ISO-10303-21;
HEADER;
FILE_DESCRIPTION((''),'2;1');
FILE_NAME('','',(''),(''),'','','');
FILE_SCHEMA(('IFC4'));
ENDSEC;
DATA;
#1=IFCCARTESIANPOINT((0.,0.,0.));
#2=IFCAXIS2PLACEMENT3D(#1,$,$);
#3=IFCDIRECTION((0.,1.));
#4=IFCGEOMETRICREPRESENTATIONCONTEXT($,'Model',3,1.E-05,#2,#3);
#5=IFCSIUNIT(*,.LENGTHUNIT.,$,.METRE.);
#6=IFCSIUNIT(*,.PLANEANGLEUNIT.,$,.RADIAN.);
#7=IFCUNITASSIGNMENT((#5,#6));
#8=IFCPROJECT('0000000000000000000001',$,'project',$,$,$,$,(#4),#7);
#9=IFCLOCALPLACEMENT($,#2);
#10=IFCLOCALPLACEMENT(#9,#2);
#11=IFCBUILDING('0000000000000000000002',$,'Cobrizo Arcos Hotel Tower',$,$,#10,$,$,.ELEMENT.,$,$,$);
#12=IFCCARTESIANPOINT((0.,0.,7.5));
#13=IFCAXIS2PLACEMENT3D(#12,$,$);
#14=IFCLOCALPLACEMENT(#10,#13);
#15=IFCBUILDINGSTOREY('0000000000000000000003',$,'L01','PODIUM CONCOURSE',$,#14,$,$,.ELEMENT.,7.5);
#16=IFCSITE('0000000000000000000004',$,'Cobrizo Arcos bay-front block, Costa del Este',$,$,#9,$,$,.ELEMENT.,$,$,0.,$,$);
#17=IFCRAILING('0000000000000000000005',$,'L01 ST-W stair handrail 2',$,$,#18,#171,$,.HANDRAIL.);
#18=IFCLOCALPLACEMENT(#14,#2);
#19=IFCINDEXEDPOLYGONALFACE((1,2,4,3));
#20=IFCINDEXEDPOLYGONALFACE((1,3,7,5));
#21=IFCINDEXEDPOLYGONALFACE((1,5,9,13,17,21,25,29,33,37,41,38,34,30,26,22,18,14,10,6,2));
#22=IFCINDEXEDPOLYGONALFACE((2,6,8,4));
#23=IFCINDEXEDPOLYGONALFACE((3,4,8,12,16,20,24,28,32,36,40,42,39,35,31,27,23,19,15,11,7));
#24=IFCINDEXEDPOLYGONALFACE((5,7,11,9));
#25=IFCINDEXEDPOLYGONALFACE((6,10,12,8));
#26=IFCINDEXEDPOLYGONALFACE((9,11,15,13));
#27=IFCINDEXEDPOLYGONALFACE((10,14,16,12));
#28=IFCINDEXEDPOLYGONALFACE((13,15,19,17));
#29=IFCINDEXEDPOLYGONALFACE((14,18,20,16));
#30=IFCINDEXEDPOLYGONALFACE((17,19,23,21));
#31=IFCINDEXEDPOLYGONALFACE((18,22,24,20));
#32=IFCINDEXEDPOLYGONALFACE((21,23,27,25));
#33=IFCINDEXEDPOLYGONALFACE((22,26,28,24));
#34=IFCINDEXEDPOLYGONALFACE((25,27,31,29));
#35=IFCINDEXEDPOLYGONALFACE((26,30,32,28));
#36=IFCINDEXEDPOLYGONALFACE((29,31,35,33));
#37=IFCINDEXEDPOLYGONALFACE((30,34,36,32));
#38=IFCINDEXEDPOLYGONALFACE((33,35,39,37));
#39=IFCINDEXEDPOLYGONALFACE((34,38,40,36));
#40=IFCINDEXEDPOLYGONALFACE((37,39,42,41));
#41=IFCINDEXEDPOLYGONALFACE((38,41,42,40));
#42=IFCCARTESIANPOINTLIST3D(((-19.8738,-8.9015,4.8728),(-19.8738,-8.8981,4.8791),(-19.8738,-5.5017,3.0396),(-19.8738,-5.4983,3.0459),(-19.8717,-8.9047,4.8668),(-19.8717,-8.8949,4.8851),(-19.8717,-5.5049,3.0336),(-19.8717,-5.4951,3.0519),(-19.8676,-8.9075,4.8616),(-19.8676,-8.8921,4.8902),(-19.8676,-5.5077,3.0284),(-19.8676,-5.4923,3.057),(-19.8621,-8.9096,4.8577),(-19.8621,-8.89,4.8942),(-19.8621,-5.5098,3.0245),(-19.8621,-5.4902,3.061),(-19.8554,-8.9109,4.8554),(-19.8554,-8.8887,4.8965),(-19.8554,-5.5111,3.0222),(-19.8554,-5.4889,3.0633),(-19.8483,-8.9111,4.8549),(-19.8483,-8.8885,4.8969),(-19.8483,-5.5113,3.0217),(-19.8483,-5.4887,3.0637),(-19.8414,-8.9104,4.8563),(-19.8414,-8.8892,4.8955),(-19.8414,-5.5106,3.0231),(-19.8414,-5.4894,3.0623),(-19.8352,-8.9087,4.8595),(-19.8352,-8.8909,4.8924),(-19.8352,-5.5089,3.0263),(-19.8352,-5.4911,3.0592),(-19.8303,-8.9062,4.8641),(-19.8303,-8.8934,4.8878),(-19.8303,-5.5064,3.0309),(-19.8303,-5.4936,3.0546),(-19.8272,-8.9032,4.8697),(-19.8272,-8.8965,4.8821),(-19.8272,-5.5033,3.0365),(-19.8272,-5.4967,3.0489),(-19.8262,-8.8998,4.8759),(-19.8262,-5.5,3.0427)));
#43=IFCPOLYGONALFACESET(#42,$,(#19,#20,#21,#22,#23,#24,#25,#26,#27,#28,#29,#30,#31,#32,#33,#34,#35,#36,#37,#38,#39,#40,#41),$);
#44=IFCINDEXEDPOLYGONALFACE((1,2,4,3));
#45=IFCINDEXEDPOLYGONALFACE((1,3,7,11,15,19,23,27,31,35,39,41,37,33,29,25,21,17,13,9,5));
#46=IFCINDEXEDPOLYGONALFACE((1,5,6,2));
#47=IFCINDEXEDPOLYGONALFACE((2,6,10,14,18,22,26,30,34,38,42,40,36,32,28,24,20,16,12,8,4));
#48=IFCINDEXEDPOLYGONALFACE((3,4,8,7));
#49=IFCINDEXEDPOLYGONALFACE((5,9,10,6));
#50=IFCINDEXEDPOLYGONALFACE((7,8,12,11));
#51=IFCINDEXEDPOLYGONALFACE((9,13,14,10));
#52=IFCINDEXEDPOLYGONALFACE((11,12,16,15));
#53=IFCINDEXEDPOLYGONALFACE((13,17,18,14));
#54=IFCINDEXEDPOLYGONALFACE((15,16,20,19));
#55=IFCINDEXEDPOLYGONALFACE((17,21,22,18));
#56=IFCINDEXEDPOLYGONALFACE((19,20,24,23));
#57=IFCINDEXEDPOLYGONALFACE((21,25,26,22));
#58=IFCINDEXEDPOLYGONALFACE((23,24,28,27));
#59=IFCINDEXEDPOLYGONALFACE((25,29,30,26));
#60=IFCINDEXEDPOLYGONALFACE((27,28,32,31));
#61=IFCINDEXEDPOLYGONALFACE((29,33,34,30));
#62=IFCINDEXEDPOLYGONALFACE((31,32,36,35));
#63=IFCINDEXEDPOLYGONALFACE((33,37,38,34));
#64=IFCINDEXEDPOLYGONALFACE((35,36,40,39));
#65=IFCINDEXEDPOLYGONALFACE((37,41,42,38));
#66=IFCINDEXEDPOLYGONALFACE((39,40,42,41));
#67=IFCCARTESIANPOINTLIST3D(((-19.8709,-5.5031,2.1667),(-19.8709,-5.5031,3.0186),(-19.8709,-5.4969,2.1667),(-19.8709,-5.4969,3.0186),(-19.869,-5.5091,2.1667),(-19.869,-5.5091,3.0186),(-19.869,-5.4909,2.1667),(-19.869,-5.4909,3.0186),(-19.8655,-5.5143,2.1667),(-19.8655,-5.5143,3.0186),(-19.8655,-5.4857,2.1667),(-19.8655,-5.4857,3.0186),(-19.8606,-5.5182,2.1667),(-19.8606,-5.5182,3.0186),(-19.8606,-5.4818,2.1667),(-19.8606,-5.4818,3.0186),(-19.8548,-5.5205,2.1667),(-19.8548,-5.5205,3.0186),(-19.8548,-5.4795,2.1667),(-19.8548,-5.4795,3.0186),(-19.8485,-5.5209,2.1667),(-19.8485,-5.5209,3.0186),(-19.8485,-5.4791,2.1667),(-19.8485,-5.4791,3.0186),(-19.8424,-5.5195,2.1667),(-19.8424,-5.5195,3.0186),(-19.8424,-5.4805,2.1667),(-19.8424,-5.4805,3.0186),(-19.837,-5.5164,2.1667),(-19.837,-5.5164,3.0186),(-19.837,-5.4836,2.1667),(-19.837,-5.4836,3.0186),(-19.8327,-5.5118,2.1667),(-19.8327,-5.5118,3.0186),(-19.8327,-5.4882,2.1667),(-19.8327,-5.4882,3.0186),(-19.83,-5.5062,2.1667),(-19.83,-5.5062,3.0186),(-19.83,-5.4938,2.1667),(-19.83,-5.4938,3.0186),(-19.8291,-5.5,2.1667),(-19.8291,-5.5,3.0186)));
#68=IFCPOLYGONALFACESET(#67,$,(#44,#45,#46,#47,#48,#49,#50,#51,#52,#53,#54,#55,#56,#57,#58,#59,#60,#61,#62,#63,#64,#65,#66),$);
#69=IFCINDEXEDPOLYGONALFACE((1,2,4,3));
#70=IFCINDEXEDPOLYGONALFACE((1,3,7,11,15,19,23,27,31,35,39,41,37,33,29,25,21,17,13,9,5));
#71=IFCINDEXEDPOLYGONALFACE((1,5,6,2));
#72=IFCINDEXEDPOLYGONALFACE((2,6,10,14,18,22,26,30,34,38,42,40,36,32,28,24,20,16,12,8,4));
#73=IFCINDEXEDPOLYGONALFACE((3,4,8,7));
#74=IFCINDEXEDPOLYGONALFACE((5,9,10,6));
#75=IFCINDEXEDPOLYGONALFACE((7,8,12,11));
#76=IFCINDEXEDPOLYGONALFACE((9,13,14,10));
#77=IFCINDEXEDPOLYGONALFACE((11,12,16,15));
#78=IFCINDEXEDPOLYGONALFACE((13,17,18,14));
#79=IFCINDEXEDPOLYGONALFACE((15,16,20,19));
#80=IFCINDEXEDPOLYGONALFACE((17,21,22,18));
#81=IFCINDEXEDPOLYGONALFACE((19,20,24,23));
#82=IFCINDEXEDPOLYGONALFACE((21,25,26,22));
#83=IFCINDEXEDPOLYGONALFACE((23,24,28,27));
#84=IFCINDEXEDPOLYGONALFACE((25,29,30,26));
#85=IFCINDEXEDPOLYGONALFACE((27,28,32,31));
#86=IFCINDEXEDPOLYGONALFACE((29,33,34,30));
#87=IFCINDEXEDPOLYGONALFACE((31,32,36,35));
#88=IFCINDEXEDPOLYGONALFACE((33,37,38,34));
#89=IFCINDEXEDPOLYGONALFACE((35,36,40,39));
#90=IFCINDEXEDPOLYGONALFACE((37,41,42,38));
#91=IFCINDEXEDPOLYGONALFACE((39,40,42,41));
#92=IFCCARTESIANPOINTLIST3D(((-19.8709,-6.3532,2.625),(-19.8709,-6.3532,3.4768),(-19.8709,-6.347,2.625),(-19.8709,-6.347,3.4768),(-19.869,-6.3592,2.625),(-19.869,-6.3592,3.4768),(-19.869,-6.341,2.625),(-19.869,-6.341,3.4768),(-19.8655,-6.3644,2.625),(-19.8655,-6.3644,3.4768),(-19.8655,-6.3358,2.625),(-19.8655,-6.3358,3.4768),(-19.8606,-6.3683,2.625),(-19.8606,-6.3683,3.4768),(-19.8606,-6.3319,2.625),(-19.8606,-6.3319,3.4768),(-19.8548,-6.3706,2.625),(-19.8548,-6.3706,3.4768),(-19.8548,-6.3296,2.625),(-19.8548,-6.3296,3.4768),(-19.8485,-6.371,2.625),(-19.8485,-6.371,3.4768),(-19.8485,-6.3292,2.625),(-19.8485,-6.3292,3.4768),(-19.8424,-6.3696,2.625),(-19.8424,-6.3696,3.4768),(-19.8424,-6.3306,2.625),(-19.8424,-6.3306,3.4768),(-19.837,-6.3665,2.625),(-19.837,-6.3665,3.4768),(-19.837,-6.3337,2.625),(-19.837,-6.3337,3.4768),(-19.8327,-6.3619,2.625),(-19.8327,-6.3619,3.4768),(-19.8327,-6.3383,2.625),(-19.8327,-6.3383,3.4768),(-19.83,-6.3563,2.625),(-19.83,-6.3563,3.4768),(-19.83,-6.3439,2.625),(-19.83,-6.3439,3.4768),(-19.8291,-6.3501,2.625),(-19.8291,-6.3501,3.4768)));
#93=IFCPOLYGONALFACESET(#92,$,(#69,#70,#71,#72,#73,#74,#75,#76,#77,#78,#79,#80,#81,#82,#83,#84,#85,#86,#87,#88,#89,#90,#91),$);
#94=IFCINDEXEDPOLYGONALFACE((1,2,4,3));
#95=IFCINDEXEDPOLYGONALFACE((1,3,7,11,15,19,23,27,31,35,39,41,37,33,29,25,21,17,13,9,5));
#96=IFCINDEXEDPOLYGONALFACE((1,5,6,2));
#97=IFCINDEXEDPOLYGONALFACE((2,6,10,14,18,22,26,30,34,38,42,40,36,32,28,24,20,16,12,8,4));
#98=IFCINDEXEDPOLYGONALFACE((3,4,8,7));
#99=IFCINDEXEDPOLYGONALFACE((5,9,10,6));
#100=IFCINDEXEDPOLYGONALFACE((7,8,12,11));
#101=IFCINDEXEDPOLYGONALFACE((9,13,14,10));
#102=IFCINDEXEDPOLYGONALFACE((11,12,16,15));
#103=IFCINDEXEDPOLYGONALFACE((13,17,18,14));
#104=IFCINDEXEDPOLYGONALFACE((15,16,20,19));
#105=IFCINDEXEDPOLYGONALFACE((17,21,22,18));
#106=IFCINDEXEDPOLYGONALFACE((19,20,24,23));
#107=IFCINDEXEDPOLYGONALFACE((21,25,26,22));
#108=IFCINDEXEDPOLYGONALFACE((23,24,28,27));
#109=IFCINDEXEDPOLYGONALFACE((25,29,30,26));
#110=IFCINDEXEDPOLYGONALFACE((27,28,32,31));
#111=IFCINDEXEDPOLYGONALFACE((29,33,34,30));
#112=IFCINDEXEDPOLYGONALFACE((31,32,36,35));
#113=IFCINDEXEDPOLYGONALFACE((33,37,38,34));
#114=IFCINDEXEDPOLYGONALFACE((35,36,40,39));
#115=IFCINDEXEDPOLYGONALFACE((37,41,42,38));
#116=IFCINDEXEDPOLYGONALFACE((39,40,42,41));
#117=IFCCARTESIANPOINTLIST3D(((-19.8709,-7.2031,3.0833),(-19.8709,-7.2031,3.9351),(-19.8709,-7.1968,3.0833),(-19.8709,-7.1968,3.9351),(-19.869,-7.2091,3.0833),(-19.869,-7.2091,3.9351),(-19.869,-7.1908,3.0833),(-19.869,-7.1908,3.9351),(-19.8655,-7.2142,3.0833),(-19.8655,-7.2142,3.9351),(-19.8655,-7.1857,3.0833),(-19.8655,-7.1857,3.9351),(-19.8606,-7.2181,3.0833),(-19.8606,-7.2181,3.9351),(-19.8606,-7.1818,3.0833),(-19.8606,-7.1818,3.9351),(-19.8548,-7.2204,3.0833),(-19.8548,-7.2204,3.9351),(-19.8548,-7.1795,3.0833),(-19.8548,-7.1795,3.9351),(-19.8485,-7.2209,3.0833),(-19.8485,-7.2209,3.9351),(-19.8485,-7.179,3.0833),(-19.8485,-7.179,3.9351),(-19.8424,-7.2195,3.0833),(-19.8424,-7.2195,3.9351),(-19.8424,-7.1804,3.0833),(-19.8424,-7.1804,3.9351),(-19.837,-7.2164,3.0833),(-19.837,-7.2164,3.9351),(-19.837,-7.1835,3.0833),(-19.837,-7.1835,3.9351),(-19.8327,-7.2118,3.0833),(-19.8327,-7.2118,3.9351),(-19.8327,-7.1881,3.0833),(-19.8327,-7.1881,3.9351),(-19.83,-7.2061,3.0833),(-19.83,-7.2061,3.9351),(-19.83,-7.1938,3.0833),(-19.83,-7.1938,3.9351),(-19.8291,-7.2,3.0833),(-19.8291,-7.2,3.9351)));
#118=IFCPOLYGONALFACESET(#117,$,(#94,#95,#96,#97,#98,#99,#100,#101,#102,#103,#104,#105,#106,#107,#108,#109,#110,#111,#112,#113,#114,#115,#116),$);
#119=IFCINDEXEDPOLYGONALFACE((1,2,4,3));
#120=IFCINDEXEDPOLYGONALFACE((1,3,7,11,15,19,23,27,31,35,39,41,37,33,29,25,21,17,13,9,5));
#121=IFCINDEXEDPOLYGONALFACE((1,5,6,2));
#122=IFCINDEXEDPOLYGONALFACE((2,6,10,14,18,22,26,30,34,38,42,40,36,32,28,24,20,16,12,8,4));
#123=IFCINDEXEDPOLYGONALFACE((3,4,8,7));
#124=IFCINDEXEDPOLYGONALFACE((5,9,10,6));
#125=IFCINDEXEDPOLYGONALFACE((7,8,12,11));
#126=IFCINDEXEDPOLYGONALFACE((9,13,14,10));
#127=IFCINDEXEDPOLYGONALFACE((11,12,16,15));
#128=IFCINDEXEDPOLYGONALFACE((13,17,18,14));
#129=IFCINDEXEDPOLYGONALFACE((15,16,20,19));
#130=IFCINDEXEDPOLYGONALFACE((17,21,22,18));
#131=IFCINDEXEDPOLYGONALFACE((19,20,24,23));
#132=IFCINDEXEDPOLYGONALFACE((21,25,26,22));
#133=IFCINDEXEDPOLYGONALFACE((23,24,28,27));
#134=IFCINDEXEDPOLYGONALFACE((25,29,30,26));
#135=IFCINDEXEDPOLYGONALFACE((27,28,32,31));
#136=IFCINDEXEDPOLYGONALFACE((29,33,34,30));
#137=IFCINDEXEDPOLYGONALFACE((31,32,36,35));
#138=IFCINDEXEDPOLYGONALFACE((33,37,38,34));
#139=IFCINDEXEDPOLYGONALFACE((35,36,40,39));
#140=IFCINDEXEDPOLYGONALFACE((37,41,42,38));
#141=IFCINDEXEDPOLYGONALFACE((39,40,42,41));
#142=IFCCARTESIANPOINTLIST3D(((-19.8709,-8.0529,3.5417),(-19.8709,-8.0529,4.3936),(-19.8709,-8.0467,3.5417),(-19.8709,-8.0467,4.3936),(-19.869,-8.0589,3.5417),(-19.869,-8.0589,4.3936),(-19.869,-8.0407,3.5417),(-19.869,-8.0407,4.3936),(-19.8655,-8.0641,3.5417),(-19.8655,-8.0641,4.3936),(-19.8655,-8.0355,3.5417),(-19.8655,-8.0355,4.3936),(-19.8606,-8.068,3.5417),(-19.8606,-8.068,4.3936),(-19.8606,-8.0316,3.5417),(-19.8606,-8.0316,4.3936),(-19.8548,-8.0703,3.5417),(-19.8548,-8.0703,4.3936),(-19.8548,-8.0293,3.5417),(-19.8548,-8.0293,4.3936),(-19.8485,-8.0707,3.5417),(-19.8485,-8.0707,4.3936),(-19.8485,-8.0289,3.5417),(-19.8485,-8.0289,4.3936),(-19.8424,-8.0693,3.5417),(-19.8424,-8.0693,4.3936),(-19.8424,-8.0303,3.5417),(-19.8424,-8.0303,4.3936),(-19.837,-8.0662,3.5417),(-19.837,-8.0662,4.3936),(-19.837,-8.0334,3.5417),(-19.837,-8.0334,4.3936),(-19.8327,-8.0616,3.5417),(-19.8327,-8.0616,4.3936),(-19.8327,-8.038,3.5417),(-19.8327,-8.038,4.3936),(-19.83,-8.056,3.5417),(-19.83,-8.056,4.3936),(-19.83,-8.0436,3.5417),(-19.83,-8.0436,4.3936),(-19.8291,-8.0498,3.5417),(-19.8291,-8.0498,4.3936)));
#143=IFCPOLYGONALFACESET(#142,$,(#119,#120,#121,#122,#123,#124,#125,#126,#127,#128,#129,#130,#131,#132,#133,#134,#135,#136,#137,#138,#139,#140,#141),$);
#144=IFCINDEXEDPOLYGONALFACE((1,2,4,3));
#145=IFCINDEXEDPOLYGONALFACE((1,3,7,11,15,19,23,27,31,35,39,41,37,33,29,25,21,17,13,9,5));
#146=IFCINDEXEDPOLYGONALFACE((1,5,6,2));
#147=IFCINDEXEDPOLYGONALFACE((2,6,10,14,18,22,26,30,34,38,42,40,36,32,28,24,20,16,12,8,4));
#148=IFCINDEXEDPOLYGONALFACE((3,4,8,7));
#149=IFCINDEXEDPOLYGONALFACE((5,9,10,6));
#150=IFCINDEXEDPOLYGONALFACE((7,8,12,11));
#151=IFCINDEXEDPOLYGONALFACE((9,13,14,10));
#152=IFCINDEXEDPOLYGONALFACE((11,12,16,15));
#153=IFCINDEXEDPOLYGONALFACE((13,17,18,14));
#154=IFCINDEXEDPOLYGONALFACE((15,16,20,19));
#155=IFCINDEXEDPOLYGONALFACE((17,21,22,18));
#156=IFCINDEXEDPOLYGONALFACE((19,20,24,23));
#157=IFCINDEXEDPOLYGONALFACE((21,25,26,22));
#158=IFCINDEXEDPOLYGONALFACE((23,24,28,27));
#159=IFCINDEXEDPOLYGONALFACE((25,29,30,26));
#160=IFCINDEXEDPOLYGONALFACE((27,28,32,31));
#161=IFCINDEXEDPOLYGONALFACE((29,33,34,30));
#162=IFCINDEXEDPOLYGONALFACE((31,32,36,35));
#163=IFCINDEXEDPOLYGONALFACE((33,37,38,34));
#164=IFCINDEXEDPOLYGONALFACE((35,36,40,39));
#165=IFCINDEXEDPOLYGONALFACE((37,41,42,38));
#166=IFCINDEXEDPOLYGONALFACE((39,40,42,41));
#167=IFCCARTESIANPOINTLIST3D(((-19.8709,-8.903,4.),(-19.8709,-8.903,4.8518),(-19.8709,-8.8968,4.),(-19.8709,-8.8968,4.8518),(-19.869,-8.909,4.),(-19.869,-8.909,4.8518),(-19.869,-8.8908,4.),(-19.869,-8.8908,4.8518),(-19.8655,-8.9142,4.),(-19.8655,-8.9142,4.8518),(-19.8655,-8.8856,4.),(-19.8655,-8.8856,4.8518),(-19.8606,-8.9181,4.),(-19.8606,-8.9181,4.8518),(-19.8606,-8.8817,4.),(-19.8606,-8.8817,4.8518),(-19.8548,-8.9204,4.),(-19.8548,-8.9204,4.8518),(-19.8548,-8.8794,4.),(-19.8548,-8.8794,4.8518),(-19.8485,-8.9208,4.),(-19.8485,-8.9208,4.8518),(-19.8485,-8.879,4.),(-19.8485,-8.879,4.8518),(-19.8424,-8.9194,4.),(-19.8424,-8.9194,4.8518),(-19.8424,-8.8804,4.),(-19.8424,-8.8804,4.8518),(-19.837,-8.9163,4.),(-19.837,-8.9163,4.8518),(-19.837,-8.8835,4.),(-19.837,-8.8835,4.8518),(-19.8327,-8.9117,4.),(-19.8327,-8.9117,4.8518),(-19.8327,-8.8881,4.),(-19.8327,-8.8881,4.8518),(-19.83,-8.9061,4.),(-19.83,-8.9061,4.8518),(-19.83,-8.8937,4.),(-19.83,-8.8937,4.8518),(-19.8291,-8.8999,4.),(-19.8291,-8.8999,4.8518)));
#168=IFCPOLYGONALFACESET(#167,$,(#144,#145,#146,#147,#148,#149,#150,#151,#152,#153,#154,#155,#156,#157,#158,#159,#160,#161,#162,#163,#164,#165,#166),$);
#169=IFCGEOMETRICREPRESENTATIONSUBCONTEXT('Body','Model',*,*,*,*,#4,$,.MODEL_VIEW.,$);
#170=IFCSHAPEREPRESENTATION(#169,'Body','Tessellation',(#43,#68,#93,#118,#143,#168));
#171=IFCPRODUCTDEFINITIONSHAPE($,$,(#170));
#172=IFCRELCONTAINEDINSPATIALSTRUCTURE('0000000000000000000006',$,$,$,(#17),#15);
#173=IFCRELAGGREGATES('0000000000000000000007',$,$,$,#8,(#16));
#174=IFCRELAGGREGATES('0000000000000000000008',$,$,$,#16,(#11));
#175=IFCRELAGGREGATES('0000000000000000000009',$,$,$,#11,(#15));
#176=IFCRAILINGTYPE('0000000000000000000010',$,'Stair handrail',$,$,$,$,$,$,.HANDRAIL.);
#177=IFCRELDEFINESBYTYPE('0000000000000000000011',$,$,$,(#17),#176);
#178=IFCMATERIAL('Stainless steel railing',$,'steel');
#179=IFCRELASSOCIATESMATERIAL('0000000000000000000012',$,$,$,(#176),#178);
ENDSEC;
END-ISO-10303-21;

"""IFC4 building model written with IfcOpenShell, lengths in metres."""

from ifc_helpers import new_model, si_unit, direction, frame, origin, origin_2d, place, context, subcontext, project, spatial, circle, extrude, material, type_object, element, save


model = new_model("IFC4")

# Units and contexts
model_context = context("Model", 3, precision=1e-05, world=origin(), true_north=direction((0.0, 1.0)))
body_context = subcontext(model_context, "Body", "Model", "MODEL_VIEW")
ifc_project = project(units=[si_unit("LENGTHUNIT", "METRE"), si_unit("PLANEANGLEUNIT", "RADIAN")], contexts=[model_context])

# Site, building, storey
site_placement = place(None, origin())
site = spatial("IfcSite", under=ifc_project, at=site_placement, Name="Cobrizo Arcos bay-front block, Costa del Este", CompositionType="ELEMENT", RefElevation=0.0)
building_placement = place(site_placement, origin())
building = spatial("IfcBuilding", under=site, at=building_placement, Name="Cobrizo Arcos Hotel Tower", CompositionType="ELEMENT")
storey_placement = place(building_placement, frame((0.0, 0.0, 7.5)))
storey = spatial("IfcBuildingStorey", under=building, at=storey_placement, Name="L01", Description="PODIUM CONCOURSE", CompositionType="ELEMENT", Elevation=7.5)

# Railing
ifc_material_1 = material(Name="Stainless steel railing", Category="steel")
railing_type = type_object("IfcRailingType", Name="Stair handrail", PredefinedType="HANDRAIL", material=ifc_material_1)
railing_placement = place(storey_placement, frame((-19.8501, -5.5, 2.1667)))
element("IfcRailing", 1, at=railing_placement, inside=storey, type_object=railing_type, Name="L01 ST-W stair handrail 2", PredefinedType="HANDRAIL", context=body_context, shape_type="SweptSolid", body=[
    extrude(circle(Radius=0.0239, at=origin_2d()), frame((0.0, 0.0, 0.876), z_axis=(0.0, -0.880197, 0.474609), x_axis=(1.0, 0.0, 0.0)), (0.0, 0.0, 1.0), 3.8625),
    extrude(circle(Radius=0.021, at=origin_2d()), origin(), (0.0, 0.0, 1.0), 0.8518),
    extrude(circle(Radius=0.021, at=origin_2d()), frame((0.0, -0.8501, 0.4583)), (0.0, 0.0, 1.0), 0.8518),
    extrude(circle(Radius=0.021, at=origin_2d()), frame((0.0, -1.7, 0.9165)), (0.0, 0.0, 1.0), 0.8518),
    extrude(circle(Radius=0.021, at=origin_2d()), frame((0.0, -2.5498, 1.375)), (0.0, 0.0, 1.0), 0.8518),
    extrude(circle(Radius=0.021, at=origin_2d()), frame((0.0, -3.3999, 1.8333)), (0.0, 0.0, 1.0), 0.8518),
])

save(model, "model.ifc")
